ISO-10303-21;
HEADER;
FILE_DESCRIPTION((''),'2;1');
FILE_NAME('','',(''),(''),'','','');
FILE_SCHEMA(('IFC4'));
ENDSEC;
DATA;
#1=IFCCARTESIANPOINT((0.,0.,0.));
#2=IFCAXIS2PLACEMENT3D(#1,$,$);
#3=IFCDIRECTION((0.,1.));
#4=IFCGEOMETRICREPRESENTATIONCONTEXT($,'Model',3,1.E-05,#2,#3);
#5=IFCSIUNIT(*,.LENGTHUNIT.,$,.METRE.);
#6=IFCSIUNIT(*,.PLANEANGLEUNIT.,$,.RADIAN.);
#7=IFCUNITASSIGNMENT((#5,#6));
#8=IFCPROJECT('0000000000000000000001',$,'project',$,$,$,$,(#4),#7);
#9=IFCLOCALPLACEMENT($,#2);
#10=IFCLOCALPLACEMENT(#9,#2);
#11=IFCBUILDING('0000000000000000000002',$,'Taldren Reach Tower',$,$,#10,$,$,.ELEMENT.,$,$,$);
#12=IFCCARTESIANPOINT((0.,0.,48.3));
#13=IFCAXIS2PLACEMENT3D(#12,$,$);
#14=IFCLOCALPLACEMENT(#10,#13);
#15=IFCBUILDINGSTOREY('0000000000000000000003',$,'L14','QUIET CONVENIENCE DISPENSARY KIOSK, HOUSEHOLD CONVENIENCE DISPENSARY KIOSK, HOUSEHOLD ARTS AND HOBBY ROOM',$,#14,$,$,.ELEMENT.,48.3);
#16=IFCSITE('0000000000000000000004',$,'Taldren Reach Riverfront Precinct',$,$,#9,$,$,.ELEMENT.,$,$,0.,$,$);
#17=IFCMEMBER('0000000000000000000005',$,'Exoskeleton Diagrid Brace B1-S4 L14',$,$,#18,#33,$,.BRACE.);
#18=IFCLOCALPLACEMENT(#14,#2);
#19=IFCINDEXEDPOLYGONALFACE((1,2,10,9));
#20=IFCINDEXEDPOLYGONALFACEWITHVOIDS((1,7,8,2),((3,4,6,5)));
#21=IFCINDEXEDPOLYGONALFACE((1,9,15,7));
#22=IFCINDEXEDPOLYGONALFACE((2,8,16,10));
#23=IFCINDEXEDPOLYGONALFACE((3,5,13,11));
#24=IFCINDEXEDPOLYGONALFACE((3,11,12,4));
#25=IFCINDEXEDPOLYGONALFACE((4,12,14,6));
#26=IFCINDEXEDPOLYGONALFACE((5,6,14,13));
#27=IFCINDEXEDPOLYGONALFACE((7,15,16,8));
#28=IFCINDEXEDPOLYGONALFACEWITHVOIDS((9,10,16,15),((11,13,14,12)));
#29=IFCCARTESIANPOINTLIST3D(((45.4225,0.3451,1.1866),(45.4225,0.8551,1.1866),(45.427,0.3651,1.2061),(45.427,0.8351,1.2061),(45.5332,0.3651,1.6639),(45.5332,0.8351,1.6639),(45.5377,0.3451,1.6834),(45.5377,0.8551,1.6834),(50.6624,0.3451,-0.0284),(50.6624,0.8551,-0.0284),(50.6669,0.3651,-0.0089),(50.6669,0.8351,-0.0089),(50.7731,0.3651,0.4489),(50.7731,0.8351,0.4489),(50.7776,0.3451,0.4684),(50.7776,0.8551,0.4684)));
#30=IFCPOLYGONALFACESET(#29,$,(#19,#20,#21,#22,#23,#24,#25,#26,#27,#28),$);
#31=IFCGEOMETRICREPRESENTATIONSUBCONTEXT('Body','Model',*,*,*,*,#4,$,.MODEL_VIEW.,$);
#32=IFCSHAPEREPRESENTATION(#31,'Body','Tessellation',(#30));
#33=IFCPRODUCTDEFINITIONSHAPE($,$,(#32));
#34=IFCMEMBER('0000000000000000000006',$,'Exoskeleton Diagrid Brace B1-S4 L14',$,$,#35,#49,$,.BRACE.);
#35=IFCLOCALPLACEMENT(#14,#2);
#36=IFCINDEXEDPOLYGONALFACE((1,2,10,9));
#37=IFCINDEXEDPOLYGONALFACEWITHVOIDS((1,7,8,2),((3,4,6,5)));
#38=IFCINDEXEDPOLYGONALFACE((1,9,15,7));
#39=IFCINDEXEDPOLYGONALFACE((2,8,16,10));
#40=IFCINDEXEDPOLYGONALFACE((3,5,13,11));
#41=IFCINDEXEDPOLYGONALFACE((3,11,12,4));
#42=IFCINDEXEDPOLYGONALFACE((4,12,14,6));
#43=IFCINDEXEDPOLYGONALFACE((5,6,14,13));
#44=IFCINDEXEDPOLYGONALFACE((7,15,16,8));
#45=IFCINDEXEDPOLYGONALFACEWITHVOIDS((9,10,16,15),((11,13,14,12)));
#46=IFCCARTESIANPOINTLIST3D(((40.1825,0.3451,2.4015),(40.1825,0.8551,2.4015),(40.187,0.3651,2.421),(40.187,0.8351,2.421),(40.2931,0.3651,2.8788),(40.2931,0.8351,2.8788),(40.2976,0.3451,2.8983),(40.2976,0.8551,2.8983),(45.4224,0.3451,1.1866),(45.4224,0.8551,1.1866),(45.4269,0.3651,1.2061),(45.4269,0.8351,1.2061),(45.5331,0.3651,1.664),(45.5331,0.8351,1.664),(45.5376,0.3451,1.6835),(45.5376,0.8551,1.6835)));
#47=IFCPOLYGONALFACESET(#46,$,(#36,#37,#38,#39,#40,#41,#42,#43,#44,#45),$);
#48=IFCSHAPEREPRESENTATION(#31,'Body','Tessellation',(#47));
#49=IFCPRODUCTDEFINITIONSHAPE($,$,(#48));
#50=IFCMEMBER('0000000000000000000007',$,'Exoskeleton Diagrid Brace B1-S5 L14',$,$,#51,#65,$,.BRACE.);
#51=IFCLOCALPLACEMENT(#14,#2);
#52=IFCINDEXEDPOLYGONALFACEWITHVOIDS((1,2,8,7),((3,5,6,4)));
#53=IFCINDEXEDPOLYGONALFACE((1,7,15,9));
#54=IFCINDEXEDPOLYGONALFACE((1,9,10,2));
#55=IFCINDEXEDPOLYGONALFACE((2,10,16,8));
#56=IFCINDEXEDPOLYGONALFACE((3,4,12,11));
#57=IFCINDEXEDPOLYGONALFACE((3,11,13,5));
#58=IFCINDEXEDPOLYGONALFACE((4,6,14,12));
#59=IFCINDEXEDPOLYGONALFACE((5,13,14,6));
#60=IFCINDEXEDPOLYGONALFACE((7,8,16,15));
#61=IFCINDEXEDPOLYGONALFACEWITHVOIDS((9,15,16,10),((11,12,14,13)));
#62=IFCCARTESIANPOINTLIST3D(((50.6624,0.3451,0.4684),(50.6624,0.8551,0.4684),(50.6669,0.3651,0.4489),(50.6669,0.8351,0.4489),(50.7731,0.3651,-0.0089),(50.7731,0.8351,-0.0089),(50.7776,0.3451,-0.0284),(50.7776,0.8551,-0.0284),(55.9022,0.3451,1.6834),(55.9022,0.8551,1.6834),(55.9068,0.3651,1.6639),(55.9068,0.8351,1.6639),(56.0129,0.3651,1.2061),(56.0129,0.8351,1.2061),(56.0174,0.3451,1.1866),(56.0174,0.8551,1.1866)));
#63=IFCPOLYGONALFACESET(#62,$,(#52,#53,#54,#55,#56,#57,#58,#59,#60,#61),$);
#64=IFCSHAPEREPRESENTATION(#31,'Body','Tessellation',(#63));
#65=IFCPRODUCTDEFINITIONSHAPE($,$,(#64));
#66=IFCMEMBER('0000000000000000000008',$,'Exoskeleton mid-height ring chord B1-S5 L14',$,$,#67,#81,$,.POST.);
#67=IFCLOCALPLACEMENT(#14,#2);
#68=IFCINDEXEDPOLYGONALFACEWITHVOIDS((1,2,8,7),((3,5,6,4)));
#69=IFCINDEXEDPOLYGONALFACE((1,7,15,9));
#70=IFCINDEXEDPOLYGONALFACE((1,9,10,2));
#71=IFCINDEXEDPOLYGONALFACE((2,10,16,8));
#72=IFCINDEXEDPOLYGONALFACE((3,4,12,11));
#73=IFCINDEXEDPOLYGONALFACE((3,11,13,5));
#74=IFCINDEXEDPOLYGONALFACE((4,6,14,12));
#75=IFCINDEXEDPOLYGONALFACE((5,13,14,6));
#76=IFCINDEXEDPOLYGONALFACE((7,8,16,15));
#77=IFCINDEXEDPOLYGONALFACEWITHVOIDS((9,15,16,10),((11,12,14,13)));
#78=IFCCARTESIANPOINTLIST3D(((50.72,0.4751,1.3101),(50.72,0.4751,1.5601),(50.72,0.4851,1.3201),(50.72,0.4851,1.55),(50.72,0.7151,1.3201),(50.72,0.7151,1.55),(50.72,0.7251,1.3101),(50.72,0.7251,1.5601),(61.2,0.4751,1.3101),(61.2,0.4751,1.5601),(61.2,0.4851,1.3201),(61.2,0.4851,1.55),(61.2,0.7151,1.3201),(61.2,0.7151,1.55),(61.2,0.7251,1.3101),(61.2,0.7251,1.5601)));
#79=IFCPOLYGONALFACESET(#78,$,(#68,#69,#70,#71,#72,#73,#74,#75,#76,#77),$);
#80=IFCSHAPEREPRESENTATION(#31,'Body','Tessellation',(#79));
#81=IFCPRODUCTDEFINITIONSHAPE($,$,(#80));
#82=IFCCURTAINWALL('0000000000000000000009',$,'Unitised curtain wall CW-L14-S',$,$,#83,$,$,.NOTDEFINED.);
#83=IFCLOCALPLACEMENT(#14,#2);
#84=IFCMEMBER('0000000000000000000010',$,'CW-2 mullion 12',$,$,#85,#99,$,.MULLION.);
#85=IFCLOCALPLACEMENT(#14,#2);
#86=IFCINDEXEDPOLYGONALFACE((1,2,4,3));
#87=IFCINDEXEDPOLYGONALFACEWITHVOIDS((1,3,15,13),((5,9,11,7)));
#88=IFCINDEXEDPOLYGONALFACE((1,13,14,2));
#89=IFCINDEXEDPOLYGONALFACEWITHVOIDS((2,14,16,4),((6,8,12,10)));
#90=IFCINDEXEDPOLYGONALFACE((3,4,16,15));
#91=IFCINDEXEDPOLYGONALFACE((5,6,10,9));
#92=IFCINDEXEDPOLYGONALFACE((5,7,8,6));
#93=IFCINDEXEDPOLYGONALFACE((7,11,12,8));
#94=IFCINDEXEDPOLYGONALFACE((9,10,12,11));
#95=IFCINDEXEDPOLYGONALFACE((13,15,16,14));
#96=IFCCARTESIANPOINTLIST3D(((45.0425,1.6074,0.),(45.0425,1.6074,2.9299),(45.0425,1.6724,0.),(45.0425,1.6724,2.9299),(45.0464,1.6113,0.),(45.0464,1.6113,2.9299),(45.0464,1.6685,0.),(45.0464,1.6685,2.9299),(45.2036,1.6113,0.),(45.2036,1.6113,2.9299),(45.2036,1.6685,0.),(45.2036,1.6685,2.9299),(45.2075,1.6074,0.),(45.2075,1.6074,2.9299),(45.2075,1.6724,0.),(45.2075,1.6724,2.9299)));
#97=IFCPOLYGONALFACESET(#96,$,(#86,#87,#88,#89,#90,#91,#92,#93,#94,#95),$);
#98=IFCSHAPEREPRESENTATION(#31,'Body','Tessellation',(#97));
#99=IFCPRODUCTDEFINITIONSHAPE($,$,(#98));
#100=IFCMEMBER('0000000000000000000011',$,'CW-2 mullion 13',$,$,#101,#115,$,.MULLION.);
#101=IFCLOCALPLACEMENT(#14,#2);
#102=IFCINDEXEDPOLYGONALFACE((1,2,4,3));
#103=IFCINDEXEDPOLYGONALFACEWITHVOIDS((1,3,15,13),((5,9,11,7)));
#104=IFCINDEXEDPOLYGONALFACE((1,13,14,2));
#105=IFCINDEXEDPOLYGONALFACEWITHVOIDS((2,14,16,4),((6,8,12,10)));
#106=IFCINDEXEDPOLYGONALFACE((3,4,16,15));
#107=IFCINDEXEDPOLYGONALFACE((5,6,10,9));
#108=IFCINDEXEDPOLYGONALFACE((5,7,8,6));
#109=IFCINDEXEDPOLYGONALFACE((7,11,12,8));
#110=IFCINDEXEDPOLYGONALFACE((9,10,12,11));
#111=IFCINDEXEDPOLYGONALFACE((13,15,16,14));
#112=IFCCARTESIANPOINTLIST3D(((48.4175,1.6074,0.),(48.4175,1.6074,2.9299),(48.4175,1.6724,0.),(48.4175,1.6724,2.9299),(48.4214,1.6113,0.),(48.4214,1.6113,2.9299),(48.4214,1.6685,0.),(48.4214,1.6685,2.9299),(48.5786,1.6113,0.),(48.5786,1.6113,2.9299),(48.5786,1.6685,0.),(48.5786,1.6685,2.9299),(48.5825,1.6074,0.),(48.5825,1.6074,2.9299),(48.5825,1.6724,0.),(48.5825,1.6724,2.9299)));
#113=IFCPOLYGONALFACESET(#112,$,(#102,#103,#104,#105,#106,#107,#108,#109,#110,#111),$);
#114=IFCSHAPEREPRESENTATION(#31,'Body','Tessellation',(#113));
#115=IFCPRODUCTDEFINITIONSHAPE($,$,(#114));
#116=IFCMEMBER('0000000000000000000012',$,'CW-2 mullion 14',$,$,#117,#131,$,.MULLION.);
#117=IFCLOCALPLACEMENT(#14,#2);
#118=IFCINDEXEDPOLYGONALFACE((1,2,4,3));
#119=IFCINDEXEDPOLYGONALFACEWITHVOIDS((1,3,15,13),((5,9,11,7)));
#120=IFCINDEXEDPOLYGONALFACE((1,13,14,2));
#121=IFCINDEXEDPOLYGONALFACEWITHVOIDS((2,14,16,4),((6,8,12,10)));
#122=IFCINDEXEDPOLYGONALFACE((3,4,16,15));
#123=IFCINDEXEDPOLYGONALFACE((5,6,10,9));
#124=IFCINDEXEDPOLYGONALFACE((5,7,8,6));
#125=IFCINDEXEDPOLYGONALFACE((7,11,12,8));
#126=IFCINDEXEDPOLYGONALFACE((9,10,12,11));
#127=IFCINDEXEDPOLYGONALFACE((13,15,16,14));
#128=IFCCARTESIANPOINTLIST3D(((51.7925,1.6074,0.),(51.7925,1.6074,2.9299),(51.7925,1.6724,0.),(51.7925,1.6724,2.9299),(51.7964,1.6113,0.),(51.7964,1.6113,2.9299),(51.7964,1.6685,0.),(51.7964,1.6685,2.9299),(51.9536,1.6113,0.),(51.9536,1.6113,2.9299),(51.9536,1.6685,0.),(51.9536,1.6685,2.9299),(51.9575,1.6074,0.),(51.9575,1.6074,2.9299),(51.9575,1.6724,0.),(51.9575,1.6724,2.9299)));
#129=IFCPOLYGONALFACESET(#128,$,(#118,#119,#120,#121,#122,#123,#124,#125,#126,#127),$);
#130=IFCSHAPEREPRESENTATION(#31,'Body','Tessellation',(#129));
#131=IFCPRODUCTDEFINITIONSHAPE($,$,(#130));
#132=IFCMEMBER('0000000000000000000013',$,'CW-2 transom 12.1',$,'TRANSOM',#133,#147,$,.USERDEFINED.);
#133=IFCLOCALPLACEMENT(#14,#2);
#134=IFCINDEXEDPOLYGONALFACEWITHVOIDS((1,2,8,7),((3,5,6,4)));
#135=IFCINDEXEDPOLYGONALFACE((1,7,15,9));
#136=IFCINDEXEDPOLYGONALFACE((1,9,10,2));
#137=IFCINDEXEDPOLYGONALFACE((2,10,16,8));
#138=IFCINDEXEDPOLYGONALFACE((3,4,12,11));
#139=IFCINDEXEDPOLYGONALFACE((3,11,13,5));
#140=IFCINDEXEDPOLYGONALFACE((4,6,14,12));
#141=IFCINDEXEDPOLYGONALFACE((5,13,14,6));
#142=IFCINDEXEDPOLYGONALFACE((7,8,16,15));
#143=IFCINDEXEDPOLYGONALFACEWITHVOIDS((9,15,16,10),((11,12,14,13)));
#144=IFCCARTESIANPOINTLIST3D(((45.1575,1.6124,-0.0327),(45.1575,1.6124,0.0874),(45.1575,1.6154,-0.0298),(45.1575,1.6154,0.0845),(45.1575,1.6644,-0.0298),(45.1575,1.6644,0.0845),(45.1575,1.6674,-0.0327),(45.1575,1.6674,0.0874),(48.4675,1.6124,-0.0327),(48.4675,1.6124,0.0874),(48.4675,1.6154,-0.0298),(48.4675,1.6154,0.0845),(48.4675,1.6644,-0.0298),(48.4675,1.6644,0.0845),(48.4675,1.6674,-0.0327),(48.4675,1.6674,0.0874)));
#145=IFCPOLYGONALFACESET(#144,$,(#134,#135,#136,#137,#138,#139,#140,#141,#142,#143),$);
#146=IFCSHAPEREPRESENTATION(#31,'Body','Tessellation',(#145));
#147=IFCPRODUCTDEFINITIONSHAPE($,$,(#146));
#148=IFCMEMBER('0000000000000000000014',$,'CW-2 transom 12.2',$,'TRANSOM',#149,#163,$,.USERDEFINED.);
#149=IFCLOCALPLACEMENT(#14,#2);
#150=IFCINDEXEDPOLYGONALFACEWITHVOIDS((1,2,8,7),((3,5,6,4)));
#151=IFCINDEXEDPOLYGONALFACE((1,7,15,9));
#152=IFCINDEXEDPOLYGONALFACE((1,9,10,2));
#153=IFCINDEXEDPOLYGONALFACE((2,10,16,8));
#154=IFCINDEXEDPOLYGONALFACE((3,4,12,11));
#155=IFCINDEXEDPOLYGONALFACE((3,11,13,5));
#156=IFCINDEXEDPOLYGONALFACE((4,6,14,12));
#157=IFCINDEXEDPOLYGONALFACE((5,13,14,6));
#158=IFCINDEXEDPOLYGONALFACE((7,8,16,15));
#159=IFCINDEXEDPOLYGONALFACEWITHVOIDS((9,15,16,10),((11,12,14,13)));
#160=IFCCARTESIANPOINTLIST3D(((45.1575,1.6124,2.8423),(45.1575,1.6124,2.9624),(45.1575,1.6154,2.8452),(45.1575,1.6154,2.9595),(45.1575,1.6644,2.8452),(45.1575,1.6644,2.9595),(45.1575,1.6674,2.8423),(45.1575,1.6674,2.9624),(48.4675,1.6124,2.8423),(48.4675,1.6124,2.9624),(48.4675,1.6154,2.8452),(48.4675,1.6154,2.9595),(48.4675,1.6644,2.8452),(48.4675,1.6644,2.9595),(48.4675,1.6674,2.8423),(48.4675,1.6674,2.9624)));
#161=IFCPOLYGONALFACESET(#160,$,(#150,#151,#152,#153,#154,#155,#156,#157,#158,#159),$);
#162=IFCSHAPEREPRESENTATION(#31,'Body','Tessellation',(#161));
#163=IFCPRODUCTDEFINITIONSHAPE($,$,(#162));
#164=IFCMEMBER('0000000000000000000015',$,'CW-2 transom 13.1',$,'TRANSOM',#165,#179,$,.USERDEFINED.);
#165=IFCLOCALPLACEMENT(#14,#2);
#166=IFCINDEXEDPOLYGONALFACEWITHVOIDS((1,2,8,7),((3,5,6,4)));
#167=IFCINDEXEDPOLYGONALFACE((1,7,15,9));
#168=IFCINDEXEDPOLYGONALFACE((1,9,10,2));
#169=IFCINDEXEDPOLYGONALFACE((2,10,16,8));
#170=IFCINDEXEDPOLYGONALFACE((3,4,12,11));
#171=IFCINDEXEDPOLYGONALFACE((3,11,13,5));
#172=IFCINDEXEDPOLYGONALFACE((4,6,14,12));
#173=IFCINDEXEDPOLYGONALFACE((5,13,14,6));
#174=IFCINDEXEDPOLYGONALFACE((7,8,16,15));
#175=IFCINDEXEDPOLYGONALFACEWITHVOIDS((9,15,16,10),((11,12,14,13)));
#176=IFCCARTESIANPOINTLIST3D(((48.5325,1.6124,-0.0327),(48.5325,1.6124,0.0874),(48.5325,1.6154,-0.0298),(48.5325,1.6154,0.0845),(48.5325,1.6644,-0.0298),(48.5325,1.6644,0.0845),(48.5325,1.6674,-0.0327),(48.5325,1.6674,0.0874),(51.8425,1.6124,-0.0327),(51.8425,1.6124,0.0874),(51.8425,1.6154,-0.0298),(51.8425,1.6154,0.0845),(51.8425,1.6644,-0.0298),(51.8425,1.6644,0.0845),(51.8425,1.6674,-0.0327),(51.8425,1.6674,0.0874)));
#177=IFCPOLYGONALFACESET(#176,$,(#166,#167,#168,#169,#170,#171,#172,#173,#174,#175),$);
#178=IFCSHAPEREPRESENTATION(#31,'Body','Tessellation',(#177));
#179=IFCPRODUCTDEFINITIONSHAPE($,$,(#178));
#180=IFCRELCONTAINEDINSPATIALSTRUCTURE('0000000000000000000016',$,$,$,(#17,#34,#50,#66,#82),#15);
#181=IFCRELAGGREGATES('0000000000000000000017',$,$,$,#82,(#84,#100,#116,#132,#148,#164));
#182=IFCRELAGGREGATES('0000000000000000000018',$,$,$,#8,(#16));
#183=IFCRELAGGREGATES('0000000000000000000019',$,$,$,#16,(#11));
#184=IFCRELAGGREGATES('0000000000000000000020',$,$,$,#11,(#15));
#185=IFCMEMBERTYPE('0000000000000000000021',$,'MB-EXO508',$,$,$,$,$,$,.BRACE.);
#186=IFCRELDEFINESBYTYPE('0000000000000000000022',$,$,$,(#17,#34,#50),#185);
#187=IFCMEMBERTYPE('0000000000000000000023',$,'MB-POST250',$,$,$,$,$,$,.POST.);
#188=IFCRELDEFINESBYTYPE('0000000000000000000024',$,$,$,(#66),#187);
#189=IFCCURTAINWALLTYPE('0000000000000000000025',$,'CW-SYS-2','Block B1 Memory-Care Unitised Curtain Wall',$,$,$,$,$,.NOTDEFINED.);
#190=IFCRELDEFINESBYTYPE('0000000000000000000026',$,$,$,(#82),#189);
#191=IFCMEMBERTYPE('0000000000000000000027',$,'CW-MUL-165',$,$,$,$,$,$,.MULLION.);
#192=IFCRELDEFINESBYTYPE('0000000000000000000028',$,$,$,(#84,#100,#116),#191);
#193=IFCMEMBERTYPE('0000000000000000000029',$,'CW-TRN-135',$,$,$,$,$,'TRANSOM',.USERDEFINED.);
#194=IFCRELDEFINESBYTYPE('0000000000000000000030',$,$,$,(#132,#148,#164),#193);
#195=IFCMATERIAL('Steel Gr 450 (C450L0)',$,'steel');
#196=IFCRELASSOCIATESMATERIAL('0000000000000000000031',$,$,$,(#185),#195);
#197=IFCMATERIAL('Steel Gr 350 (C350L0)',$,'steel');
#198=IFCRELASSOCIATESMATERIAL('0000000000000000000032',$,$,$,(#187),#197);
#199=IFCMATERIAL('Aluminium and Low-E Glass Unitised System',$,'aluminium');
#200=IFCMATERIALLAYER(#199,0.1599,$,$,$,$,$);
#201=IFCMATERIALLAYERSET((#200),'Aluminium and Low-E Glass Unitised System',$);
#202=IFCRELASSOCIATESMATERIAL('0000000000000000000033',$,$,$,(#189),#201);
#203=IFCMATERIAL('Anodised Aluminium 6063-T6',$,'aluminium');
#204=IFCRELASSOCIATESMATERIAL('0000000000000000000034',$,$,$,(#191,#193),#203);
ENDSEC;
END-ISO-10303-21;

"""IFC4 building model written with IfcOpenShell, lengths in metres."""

from ifc_helpers import new_model, si_unit, direction, frame, origin, origin_2d, place, context, subcontext, project, spatial, hollow_rectangle, extrude, source, transform, mapped, material, layer, layer_set, material_profile, profile_set, type_object, element, aggregate, save


model = new_model("IFC4")

# Units and contexts
model_context = context("Model", 3, precision=1e-05, world=origin(), true_north=direction((0.0, 1.0)))
body_context = subcontext(model_context, "Body", "Model", "MODEL_VIEW")
ifc_project = project(units=[si_unit("LENGTHUNIT", "METRE"), si_unit("PLANEANGLEUNIT", "RADIAN")], contexts=[model_context])

# Site, building, storey
site_placement = place(None, origin())
site = spatial("IfcSite", under=ifc_project, at=site_placement, Name="Taldren Reach Riverfront Precinct", CompositionType="ELEMENT", RefElevation=0.0)
building_placement = place(site_placement, origin())
building = spatial("IfcBuilding", under=site, at=building_placement, Name="Taldren Reach Tower", CompositionType="ELEMENT")
storey_placement = place(building_placement, frame((0.0, 0.0, 48.3)))
storey = spatial("IfcBuildingStorey", under=building, at=storey_placement, Name="L14", Description="QUIET CONVENIENCE DISPENSARY KIOSK, HOUSEHOLD CONVENIENCE DISPENSARY KIOSK, HOUSEHOLD ARTS AND HOBBY ROOM", CompositionType="ELEMENT", Elevation=48.3)

# Members
ifc_material_1 = material(Name="Steel Gr 450 (C450L0)", Category="steel")
ifc_material_profile_1 = material_profile(ifc_material_1, hollow_rectangle(XDim=0.51, YDim=0.51, WallThickness=0.02, at=origin_2d()), Name="510x510x20.0SHS")
ifc_profile_set_1 = profile_set([ifc_material_profile_1], Name="Steel Gr 450 (C450L0)")
member_type_1 = type_object("IfcMemberType", Name="MB-EXO508", PredefinedType="BRACE", material=ifc_profile_set_1)
shared_shape_1 = source(origin(), body_context, "Body", "SweptSolid", [
    extrude(hollow_rectangle(XDim=0.51, YDim=0.51, WallThickness=0.02, at=origin_2d()), origin(), (0.0, 0.0, 1.0), 5.3789),
])
for number, where, z_axis, x_axis, name in (
    (1, (50.72, 0.6001, 0.22), (-0.974152, 0.0, 0.225894), (0.0, -1.0, 0.0), "Exoskeleton Diagrid Brace B1-S4 L14"),
    (2, (45.48, 0.6001, 1.4351), (-0.974162, 0.0, 0.225851), (0.0, -1.0, 0.0), "Exoskeleton Diagrid Brace B1-S4 L14"),
    (3, (50.72, 0.6001, 0.22), (0.974152, 0.0, 0.225894), (0.0, 1.0, 0.0), "Exoskeleton Diagrid Brace B1-S5 L14"),
):
    element("IfcMember", number, at=place(storey_placement, frame(where, z_axis=z_axis, x_axis=x_axis)), inside=storey, type_object=member_type_1, Name=name, PredefinedType="BRACE", context=body_context, shape_type="MappedRepresentation", body=[
        mapped(shared_shape_1, transform((0.0, 0.0, 0.0), scale=1.0)),
    ])
ifc_material_2 = material(Name="Steel Gr 350 (C350L0)", Category="steel")
ifc_material_profile_2 = material_profile(ifc_material_2, hollow_rectangle(XDim=0.25, YDim=0.25, WallThickness=0.01, at=origin_2d()), Name="250x250x10.0SHS")
ifc_profile_set_2 = profile_set([ifc_material_profile_2], Name="Steel Gr 350 (C350L0)")
member_type_2 = type_object("IfcMemberType", Name="MB-POST250", PredefinedType="POST", material=ifc_profile_set_2)
shared_shape_2 = source(origin(), body_context, "Body", "SweptSolid", [
    extrude(hollow_rectangle(XDim=0.25, YDim=0.25, WallThickness=0.01, at=origin_2d()), origin(), (0.0, 0.0, 1.0), 10.48),
])
member_1_placement = place(storey_placement, frame((50.72, 0.6001, 1.4351), z_axis=(1.0, 0.0, 0.0), x_axis=(0.0, 1.0, 0.0)))
element("IfcMember", 4, at=member_1_placement, inside=storey, type_object=member_type_2, Name="Exoskeleton mid-height ring chord B1-S5 L14", PredefinedType="POST", context=body_context, shape_type="MappedRepresentation", body=[
    mapped(shared_shape_2, transform((0.0, 0.0, 0.0), scale=1.0)),
])

# Curtain wall, members
ifc_material_3 = material(Name="Aluminium and Low-E Glass Unitised System", Category="aluminium")
ifc_layer_1 = layer(ifc_material_3, 0.1599)
ifc_layer_set_1 = layer_set([ifc_layer_1], Name="Aluminium and Low-E Glass Unitised System")
curtain_wall_type = type_object("IfcCurtainWallType", Name="CW-SYS-2", Description="Block B1 Memory-Care Unitised Curtain Wall", PredefinedType="NOTDEFINED", material=ifc_layer_set_1)
curtain_wall_placement = place(storey_placement, origin())
curtain_wall = element("IfcCurtainWall", 5, at=curtain_wall_placement, inside=storey, type_object=curtain_wall_type, Name="Unitised curtain wall CW-L14-S", PredefinedType="NOTDEFINED")
ifc_material_4 = material(Name="Anodised Aluminium 6063-T6", Category="aluminium")
ifc_material_profile_3 = material_profile(ifc_material_4, hollow_rectangle(XDim=0.0649, YDim=0.165, WallThickness=0.0039, at=origin_2d()), Name="ALU-165x65x4RHS")
ifc_profile_set_3 = profile_set([ifc_material_profile_3], Name="Anodised Aluminium 6063-T6")
member_type_3 = type_object("IfcMemberType", Name="CW-MUL-165", PredefinedType="MULLION", material=ifc_profile_set_3)
shared_shape_3 = source(origin(), body_context, "Body", "SweptSolid", [
    extrude(hollow_rectangle(XDim=0.0649, YDim=0.165, WallThickness=0.0039, at=origin_2d()), origin(), (0.0, 0.0, 1.0), 2.9299),
])
member_2_placement = place(storey_placement, frame((45.125, 1.6399, 0.0), z_axis=(0.0, 0.0, 1.0), x_axis=(0.0, 1.0, 0.0)))
member_2 = element("IfcMember", 6, at=member_2_placement, type_object=member_type_3, Name="CW-2 mullion 12", PredefinedType="MULLION", context=body_context, shape_type="MappedRepresentation", body=[
    mapped(shared_shape_3, transform((0.0, 0.0, 0.0), scale=1.0)),
])
member_3_placement = place(storey_placement, frame((48.5, 1.6399, 0.0), z_axis=(0.0, 0.0, 1.0), x_axis=(0.0, 1.0, 0.0)))
member_3 = element("IfcMember", 7, at=member_3_placement, type_object=member_type_3, Name="CW-2 mullion 13", PredefinedType="MULLION", context=body_context, shape_type="MappedRepresentation", body=[
    mapped(shared_shape_3, transform((0.0, 0.0, 0.0), scale=1.0)),
])
member_4_placement = place(storey_placement, frame((51.875, 1.6399, 0.0), z_axis=(0.0, 0.0, 1.0), x_axis=(0.0, 1.0, 0.0)))
member_4 = element("IfcMember", 8, at=member_4_placement, type_object=member_type_3, Name="CW-2 mullion 14", PredefinedType="MULLION", context=body_context, shape_type="MappedRepresentation", body=[
    mapped(shared_shape_3, transform((0.0, 0.0, 0.0), scale=1.0)),
])
ifc_material_profile_4 = material_profile(ifc_material_4, hollow_rectangle(XDim=0.0549, YDim=0.1201, WallThickness=0.0029, at=origin_2d()), Name="ALU-120x55x3RHS")
ifc_profile_set_4 = profile_set([ifc_material_profile_4], Name="Anodised Aluminium 6063-T6")
member_type_4 = type_object("IfcMemberType", Name="CW-TRN-135", ElementType="TRANSOM", PredefinedType="USERDEFINED", material=ifc_profile_set_4)
shared_shape_4 = source(origin(), body_context, "Body", "SweptSolid", [
    extrude(hollow_rectangle(XDim=0.0549, YDim=0.1201, WallThickness=0.0029, at=origin_2d()), origin(), (0.0, 0.0, 1.0), 3.3101),
])
member_5_placement = place(storey_placement, frame((45.1575, 1.6399, 0.0273), z_axis=(1.0, 0.0, 0.0), x_axis=(0.0, 1.0, 0.0)))
member_5 = element("IfcMember", 9, at=member_5_placement, type_object=member_type_4, Name="CW-2 transom 12.1", ObjectType="TRANSOM", PredefinedType="USERDEFINED", context=body_context, shape_type="MappedRepresentation", body=[
    mapped(shared_shape_4, transform((0.0, 0.0, 0.0), scale=1.0)),
])
member_6_placement = place(storey_placement, frame((45.1575, 1.6399, 2.9023), z_axis=(1.0, 0.0, 0.0), x_axis=(0.0, 1.0, 0.0)))
member_6 = element("IfcMember", 10, at=member_6_placement, type_object=member_type_4, Name="CW-2 transom 12.2", ObjectType="TRANSOM", PredefinedType="USERDEFINED", context=body_context, shape_type="MappedRepresentation", body=[
    mapped(shared_shape_4, transform((0.0, 0.0, 0.0), scale=1.0)),
])
member_7_placement = place(storey_placement, frame((48.5325, 1.6399, 0.0273), z_axis=(1.0, 0.0, 0.0), x_axis=(0.0, 1.0, 0.0)))
member_7 = element("IfcMember", 11, at=member_7_placement, type_object=member_type_4, Name="CW-2 transom 13.1", ObjectType="TRANSOM", PredefinedType="USERDEFINED", context=body_context, shape_type="MappedRepresentation", body=[
    mapped(shared_shape_4, transform((0.0, 0.0, 0.0), scale=1.0)),
])

aggregate(curtain_wall, [member_2, member_3, member_4, member_5, member_6, member_7])

save(model, "model.ifc")
